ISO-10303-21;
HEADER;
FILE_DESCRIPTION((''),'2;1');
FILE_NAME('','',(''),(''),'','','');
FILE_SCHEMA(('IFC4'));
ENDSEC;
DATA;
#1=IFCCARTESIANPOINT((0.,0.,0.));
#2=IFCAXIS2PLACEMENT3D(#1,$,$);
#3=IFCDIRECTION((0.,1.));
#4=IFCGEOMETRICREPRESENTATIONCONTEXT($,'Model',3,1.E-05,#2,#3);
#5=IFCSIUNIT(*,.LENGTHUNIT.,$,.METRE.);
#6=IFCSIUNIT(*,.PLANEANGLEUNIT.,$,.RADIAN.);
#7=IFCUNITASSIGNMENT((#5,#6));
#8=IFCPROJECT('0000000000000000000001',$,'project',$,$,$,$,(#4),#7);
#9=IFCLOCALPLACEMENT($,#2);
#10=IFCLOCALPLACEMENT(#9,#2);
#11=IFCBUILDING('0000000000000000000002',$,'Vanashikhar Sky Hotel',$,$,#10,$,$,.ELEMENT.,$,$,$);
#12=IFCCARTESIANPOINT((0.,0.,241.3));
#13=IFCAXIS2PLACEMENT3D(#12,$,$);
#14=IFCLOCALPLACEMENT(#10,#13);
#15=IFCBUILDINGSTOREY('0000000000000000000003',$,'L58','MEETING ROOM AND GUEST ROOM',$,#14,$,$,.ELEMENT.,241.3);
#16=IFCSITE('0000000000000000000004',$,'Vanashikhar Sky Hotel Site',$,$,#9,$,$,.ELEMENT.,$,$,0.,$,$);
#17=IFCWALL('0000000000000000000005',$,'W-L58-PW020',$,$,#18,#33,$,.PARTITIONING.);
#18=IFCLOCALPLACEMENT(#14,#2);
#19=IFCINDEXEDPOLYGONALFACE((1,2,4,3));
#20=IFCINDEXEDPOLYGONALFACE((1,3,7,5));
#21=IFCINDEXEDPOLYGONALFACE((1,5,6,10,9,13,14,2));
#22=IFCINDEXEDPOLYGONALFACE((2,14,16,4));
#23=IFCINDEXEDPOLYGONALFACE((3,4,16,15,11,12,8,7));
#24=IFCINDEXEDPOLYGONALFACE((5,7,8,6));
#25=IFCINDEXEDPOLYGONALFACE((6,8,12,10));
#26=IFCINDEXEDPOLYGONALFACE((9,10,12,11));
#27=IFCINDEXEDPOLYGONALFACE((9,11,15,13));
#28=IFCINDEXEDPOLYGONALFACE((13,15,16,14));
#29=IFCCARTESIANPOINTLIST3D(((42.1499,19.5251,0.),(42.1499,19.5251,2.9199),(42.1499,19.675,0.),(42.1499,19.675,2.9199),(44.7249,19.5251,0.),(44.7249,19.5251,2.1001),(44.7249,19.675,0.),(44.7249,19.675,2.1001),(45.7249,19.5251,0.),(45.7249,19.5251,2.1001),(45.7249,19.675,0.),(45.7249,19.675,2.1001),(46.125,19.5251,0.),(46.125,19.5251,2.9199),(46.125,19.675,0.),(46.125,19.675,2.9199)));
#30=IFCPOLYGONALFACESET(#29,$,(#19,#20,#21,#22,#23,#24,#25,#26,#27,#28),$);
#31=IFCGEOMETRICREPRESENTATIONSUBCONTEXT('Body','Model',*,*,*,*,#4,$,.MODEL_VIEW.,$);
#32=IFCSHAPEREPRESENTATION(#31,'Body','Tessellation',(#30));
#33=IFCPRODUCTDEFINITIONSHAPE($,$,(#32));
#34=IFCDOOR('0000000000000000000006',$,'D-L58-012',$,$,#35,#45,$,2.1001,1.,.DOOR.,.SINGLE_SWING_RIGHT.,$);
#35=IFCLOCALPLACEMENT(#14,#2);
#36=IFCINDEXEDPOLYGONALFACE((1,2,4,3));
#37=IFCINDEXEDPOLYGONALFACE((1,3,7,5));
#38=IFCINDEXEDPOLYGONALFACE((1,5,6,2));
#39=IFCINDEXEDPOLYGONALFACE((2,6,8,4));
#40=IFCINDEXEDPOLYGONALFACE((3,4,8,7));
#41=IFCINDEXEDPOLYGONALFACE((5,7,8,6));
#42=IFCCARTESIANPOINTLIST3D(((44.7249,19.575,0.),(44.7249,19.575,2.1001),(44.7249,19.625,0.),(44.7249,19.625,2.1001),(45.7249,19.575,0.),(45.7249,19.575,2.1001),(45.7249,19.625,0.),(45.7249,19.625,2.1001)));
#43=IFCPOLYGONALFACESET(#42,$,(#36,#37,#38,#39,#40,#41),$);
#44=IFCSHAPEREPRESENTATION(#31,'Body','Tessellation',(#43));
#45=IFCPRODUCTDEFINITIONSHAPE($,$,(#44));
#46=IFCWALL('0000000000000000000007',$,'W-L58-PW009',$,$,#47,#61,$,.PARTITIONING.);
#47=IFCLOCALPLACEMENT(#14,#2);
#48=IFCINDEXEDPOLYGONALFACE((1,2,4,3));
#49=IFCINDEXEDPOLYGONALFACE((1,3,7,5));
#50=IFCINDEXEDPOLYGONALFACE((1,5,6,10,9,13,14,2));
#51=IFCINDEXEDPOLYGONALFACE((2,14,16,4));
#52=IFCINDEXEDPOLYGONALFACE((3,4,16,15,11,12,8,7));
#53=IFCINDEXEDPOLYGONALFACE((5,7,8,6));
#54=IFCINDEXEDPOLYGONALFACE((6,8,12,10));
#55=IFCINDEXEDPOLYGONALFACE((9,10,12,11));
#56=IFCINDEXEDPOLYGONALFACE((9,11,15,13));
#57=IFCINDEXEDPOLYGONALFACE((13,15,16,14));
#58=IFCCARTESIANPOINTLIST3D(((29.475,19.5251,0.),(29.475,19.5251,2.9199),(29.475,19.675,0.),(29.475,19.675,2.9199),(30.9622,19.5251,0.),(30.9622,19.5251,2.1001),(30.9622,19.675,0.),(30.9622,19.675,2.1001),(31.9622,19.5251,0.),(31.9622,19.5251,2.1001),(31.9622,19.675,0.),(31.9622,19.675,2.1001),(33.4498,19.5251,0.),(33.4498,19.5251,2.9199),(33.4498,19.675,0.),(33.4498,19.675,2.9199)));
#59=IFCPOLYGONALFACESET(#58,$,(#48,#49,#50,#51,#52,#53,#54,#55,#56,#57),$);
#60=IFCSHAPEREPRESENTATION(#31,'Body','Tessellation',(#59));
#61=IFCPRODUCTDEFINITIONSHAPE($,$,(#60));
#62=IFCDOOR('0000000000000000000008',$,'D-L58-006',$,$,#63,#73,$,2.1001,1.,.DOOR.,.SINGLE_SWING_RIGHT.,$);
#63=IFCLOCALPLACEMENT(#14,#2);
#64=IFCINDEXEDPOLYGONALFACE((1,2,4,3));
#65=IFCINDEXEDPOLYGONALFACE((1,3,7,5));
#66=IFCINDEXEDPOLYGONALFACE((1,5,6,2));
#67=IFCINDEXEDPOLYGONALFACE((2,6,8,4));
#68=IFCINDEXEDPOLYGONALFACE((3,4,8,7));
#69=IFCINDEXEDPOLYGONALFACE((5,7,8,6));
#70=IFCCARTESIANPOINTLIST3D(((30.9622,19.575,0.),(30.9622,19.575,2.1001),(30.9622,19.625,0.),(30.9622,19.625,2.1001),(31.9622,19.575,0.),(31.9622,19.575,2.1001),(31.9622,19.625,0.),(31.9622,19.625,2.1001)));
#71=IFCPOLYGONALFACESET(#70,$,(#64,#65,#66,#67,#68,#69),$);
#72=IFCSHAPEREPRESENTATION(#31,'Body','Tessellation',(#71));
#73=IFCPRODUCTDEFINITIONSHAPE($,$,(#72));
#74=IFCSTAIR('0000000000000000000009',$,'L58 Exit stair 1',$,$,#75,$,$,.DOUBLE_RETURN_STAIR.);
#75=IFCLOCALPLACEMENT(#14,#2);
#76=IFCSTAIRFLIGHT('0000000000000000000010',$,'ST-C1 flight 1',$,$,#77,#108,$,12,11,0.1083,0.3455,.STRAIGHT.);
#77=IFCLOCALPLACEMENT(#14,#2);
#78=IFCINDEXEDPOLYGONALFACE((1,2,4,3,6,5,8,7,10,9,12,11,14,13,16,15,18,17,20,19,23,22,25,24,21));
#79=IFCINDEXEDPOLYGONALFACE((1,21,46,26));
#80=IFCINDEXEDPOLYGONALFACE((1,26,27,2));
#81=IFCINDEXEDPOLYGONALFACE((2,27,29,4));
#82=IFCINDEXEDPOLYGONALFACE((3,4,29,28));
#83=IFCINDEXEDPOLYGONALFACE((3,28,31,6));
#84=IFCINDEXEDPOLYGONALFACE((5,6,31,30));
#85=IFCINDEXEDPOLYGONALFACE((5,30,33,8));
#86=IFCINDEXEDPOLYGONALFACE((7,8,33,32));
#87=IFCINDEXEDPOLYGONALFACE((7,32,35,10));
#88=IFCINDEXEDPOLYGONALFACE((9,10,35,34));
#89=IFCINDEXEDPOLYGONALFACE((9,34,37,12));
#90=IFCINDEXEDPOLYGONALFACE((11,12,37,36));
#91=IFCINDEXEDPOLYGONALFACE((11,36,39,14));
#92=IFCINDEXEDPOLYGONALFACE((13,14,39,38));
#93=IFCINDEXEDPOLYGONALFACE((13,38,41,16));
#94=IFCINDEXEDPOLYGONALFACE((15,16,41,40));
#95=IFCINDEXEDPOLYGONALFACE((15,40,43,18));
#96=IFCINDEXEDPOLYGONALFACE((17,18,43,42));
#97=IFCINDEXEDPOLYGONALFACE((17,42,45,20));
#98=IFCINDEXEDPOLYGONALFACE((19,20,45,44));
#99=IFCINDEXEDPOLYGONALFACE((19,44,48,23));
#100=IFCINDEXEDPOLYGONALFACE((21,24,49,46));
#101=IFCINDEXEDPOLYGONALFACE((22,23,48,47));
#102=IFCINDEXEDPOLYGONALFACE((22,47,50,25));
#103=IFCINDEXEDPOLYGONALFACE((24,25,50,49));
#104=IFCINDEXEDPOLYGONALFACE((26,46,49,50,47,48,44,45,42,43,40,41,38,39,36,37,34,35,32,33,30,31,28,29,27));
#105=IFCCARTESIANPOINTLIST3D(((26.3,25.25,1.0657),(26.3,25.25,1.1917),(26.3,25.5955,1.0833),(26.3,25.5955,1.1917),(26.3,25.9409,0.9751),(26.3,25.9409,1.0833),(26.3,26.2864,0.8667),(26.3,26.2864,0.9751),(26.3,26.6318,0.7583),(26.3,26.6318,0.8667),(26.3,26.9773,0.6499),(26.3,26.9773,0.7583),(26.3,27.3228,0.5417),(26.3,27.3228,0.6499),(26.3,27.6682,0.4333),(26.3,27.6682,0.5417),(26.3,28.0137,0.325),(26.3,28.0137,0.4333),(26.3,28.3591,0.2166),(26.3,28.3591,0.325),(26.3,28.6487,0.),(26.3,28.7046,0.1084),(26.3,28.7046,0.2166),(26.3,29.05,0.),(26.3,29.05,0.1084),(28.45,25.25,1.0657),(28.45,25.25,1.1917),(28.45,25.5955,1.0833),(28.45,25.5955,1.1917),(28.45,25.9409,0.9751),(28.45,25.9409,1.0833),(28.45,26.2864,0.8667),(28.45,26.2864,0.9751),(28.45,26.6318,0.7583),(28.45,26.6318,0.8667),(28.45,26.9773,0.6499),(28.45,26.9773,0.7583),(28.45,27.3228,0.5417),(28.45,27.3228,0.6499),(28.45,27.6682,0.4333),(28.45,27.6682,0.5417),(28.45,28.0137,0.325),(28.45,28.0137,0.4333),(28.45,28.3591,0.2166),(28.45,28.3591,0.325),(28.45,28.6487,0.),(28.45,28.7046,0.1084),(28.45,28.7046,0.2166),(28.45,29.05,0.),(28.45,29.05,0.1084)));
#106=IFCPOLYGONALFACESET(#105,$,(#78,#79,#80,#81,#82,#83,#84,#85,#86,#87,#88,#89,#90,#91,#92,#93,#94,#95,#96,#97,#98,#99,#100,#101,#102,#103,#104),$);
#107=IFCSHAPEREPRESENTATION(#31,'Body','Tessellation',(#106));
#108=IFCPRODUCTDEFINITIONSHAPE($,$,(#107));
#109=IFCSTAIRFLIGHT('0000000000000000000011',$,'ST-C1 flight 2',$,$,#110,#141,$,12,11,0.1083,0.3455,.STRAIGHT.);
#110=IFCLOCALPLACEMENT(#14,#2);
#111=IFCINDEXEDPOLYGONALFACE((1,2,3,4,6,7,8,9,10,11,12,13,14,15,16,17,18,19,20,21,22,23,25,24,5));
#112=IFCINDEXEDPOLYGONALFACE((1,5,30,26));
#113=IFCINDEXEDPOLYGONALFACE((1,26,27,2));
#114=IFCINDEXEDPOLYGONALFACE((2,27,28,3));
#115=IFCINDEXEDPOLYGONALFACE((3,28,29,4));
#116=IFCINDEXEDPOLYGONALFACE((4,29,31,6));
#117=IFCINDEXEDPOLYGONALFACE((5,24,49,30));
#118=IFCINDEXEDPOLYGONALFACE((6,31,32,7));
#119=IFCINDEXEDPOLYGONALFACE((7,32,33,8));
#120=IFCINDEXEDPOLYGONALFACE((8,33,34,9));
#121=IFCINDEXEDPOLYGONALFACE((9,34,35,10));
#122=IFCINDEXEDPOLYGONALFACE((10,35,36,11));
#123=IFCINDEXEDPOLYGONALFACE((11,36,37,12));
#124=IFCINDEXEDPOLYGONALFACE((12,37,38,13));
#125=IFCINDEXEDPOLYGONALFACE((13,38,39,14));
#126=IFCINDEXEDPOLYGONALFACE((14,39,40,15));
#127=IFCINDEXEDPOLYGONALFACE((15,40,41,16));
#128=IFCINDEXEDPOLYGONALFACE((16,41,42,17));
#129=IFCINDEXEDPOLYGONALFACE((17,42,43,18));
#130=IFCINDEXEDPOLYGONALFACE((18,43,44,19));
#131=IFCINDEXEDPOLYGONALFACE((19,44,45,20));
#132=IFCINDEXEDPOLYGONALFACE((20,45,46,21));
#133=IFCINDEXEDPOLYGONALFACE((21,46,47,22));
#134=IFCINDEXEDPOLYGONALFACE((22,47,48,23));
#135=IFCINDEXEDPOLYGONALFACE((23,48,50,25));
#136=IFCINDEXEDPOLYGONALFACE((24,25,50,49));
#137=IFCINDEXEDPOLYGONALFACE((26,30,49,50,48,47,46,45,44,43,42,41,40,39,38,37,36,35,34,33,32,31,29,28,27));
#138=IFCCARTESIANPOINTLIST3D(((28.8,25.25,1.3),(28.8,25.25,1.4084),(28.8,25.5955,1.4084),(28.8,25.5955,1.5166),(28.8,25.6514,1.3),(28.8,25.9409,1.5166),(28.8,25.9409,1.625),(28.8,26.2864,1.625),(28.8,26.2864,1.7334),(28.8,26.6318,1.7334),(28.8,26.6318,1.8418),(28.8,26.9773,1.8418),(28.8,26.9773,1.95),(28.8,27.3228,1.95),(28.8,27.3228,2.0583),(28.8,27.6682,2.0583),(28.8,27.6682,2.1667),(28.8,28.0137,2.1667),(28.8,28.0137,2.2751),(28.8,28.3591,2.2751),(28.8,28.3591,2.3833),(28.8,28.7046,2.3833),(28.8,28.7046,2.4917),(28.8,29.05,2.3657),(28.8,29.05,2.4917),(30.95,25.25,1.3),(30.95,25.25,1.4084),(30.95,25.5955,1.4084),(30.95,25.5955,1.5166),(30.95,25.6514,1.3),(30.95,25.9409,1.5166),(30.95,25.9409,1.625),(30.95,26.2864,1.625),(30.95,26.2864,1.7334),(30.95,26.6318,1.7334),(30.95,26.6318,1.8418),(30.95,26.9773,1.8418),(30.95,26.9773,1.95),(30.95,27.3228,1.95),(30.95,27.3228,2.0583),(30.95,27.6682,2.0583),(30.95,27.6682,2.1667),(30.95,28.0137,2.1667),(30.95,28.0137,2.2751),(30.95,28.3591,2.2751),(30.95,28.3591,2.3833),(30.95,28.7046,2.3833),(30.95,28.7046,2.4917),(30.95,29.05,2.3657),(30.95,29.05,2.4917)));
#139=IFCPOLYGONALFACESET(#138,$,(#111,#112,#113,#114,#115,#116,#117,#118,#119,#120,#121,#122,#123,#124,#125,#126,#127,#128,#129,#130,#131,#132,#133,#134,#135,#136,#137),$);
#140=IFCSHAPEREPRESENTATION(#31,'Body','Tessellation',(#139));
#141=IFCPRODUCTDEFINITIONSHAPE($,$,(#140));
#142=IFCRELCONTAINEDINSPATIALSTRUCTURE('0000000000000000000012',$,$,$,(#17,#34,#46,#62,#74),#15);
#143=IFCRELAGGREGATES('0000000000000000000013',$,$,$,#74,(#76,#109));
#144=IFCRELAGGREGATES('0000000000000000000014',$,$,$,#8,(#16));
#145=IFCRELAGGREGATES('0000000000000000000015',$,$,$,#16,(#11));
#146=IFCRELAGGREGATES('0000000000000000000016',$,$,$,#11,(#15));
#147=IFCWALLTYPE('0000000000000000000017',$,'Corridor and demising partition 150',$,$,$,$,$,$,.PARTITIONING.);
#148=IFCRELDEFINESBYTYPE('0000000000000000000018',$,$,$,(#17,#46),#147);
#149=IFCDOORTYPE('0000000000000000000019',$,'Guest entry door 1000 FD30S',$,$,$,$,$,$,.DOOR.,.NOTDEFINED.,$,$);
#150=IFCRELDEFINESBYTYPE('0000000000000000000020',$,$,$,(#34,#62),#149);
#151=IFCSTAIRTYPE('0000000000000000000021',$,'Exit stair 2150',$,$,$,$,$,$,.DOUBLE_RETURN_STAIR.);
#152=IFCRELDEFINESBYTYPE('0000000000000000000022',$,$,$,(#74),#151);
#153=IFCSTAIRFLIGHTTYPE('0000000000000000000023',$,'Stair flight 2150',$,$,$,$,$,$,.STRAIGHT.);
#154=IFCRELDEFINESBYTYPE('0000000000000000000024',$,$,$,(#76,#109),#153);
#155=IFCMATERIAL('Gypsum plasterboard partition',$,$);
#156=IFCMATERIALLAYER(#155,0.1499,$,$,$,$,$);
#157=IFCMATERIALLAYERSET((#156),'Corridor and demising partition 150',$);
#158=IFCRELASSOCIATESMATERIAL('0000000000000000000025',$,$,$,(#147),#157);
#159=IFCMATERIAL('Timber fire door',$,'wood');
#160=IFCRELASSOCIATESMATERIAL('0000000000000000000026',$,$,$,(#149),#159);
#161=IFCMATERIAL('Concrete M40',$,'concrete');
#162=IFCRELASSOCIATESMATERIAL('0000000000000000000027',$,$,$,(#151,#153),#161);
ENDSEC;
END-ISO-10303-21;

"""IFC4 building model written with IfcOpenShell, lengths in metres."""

from ifc_helpers import new_model, si_unit, direction, frame, frame_2d, origin, place, context, subcontext, project, spatial, polyline, rectangle, outline, extrude, source, transform, mapped, material, layer, layer_set, type_object, element, fill, aggregate, save


model = new_model("IFC4")

# Units and contexts
model_context = context("Model", 3, precision=1e-05, world=origin(), true_north=direction((0.0, 1.0)))
body_context = subcontext(model_context, "Body", "Model", "MODEL_VIEW")
ifc_project = project(units=[si_unit("LENGTHUNIT", "METRE"), si_unit("PLANEANGLEUNIT", "RADIAN")], contexts=[model_context])

# Site, building, storey
site_placement = place(None, origin())
site = spatial("IfcSite", under=ifc_project, at=site_placement, Name="Vanashikhar Sky Hotel Site", CompositionType="ELEMENT", RefElevation=0.0)
building_placement = place(site_placement, origin())
building = spatial("IfcBuilding", under=site, at=building_placement, Name="Vanashikhar Sky Hotel", CompositionType="ELEMENT")
storey_placement = place(building_placement, frame((0.0, 0.0, 241.3)))
storey = spatial("IfcBuildingStorey", under=building, at=storey_placement, Name="L58", Description="MEETING ROOM AND GUEST ROOM", CompositionType="ELEMENT", Elevation=241.3)

# Shared definitions
ifc_material_1 = material(Name="Concrete M40", Category="concrete")

# Walls, openings, doors
ifc_material_2 = material(Name="Gypsum plasterboard partition")
ifc_layer_1 = layer(ifc_material_2, 0.1499)
ifc_layer_set_1 = layer_set([ifc_layer_1], Name="Corridor and demising partition 150")
wall_type_1 = type_object("IfcWallType", Name="Corridor and demising partition 150", PredefinedType="PARTITIONING", material=ifc_layer_set_1)
shared_shape_1 = source(origin(), body_context, "Body", "SweptSolid", [
    extrude(rectangle(XDim=3.9751, YDim=0.1499, at=frame_2d((1.9875, 0.0))), origin(), (0.0, 0.0, 1.0), 2.9199),
])
shared_shape_2 = source(origin(), body_context, "Body", "SweptSolid", [
    extrude(rectangle(XDim=1.0, YDim=2.1001, at=frame_2d((0.5, 1.05))), frame((0.0, 0.085, 0.0), z_axis=(0.0, -1.0, 0.0), x_axis=(1.0, 0.0, 0.0)), (0.0, 0.0, 1.0), 0.1699),
])
ifc_material_3 = material(Name="Timber fire door", Category="wood")
door_type_1 = type_object("IfcDoorType", Name="Guest entry door 1000 FD30S", OperationType="NOTDEFINED", PredefinedType="DOOR", material=ifc_material_3)
shared_shape_3 = source(origin(), body_context, "Body", "SweptSolid", [
    extrude(rectangle(XDim=1.0, YDim=2.1001, at=frame_2d((0.5, 1.05))), frame((0.0, 0.0249, 0.0), z_axis=(0.0, -1.0, 0.0), x_axis=(1.0, 0.0, 0.0)), (0.0, 0.0, 1.0), 0.05),
])
wall_1_placement = place(storey_placement, frame((42.1499, 19.6001, 0.0), z_axis=(0.0, 0.0, 1.0), x_axis=(1.0, 0.0, 0.0)))
wall_1 = element("IfcWall", 1, at=wall_1_placement, inside=storey, type_object=wall_type_1, Name="W-L58-PW020", PredefinedType="PARTITIONING", context=body_context, shape_type="MappedRepresentation", body=[
    mapped(shared_shape_1, transform((0.0, 0.0, 0.0), scale=1.0)),
])
opening_1_placement = place(wall_1_placement, frame((2.575, 0.0, 0.0)))
opening_1 = element("IfcOpeningElement", 2, at=opening_1_placement, cuts=wall_1, PredefinedType="OPENING", context=body_context, shape_type="MappedRepresentation", body=[
    mapped(shared_shape_2, transform((0.0, 0.0, 0.0), scale=1.0)),
])
door_1_placement = place(opening_1_placement, origin())
door_1 = element("IfcDoor", 3, at=door_1_placement, inside=storey, type_object=door_type_1, Name="D-L58-012", OperationType="SINGLE_SWING_RIGHT", OverallHeight=2.1001, OverallWidth=1.0, PredefinedType="DOOR", context=body_context, shape_type="MappedRepresentation", body=[
    mapped(shared_shape_3, transform((0.0, 0.0, 0.0), scale=1.0)),
])
fill(opening_1, door_1)
shared_shape_4 = source(origin(), body_context, "Body", "SweptSolid", [
    extrude(rectangle(XDim=3.9749, YDim=0.1499, at=frame_2d((1.9873, 0.0))), origin(), (0.0, 0.0, 1.0), 2.9199),
])
wall_2_placement = place(storey_placement, frame((29.4751, 19.6001, 0.0), z_axis=(0.0, 0.0, 1.0), x_axis=(1.0, 0.0, 0.0)))
wall_2 = element("IfcWall", 4, at=wall_2_placement, inside=storey, type_object=wall_type_1, Name="W-L58-PW009", PredefinedType="PARTITIONING", context=body_context, shape_type="MappedRepresentation", body=[
    mapped(shared_shape_4, transform((0.0, 0.0, 0.0), scale=1.0)),
])
opening_2_placement = place(wall_2_placement, frame((1.4871, 0.0, 0.0)))
opening_2 = element("IfcOpeningElement", 5, at=opening_2_placement, cuts=wall_2, PredefinedType="OPENING", context=body_context, shape_type="MappedRepresentation", body=[
    mapped(shared_shape_2, transform((0.0, 0.0, 0.0), scale=1.0)),
])
door_2_placement = place(opening_2_placement, origin())
door_2 = element("IfcDoor", 6, at=door_2_placement, inside=storey, type_object=door_type_1, Name="D-L58-006", OperationType="SINGLE_SWING_RIGHT", OverallHeight=2.1001, OverallWidth=1.0, PredefinedType="DOOR", context=body_context, shape_type="MappedRepresentation", body=[
    mapped(shared_shape_3, transform((0.0, 0.0, 0.0), scale=1.0)),
])
fill(opening_2, door_2)

# Stair, stair flights
stair_type = type_object("IfcStairType", Name="Exit stair 2150", PredefinedType="DOUBLE_RETURN_STAIR", material=ifc_material_1)
stair_placement = place(storey_placement, origin())
stair = element("IfcStair", 7, at=stair_placement, inside=storey, type_object=stair_type, Name="L58 Exit stair 1", PredefinedType="DOUBLE_RETURN_STAIR")
stair_flight_type = type_object("IfcStairFlightType", Name="Stair flight 2150", PredefinedType="STRAIGHT", material=ifc_material_1)
shared_shape_5 = source(origin(), body_context, "Body", "SweptSolid", [
    extrude(outline(polyline([(0.0, 0.0), (0.0, 0.1084), (0.3455, 0.1084), (0.3455, 0.2166), (0.6909, 0.2166), (0.6909, 0.325), (1.0364, 0.325), (1.0364, 0.4333), (1.3818, 0.4333), (1.3818, 0.5417), (1.7273, 0.5417), (1.7273, 0.6499), (2.0728, 0.6499), (2.0728, 0.7583), (2.4182, 0.7583), (2.4182, 0.8667), (2.7637, 0.8667), (2.7637, 0.9751), (3.1091, 0.9751), (3.1091, 1.0833), (3.4546, 1.0833), (3.4546, 1.1917), (3.8, 1.1917), (3.8, 1.3), (3.8, 1.0657), (0.4014, 0.0), (0.0, 0.0)])), frame((0.0, 1.075, 0.0), z_axis=(0.0, -1.0, 0.0), x_axis=(1.0, 0.0, 0.0)), (0.0, 0.0, 1.0), 2.1499),
])
stair_flight_1_placement = place(storey_placement, frame((27.375, 29.05, 0.0), z_axis=(0.0, 0.0, 1.0), x_axis=(0.0, -1.0, 0.0)))
stair_flight_1 = element("IfcStairFlight", 8, at=stair_flight_1_placement, type_object=stair_flight_type, Name="ST-C1 flight 1", NumberOfRisers=12, NumberOfTreads=11, PredefinedType="STRAIGHT", RiserHeight=0.1083, TreadLength=0.3455, context=body_context, shape_type="MappedRepresentation", body=[
    mapped(shared_shape_5, transform((0.0, 0.0, 0.0), scale=1.0)),
])
stair_flight_2_placement = place(storey_placement, frame((29.875, 25.25, 1.3), z_axis=(0.0, 0.0, 1.0), x_axis=(0.0, 1.0, 0.0)))
stair_flight_2 = element("IfcStairFlight", 9, at=stair_flight_2_placement, type_object=stair_flight_type, Name="ST-C1 flight 2", NumberOfRisers=12, NumberOfTreads=11, PredefinedType="STRAIGHT", RiserHeight=0.1083, TreadLength=0.3455, context=body_context, shape_type="MappedRepresentation", body=[
    mapped(shared_shape_5, transform((0.0, 0.0, 0.0), scale=1.0)),
])
aggregate(stair, [stair_flight_1, stair_flight_2])

save(model, "model.ifc")
